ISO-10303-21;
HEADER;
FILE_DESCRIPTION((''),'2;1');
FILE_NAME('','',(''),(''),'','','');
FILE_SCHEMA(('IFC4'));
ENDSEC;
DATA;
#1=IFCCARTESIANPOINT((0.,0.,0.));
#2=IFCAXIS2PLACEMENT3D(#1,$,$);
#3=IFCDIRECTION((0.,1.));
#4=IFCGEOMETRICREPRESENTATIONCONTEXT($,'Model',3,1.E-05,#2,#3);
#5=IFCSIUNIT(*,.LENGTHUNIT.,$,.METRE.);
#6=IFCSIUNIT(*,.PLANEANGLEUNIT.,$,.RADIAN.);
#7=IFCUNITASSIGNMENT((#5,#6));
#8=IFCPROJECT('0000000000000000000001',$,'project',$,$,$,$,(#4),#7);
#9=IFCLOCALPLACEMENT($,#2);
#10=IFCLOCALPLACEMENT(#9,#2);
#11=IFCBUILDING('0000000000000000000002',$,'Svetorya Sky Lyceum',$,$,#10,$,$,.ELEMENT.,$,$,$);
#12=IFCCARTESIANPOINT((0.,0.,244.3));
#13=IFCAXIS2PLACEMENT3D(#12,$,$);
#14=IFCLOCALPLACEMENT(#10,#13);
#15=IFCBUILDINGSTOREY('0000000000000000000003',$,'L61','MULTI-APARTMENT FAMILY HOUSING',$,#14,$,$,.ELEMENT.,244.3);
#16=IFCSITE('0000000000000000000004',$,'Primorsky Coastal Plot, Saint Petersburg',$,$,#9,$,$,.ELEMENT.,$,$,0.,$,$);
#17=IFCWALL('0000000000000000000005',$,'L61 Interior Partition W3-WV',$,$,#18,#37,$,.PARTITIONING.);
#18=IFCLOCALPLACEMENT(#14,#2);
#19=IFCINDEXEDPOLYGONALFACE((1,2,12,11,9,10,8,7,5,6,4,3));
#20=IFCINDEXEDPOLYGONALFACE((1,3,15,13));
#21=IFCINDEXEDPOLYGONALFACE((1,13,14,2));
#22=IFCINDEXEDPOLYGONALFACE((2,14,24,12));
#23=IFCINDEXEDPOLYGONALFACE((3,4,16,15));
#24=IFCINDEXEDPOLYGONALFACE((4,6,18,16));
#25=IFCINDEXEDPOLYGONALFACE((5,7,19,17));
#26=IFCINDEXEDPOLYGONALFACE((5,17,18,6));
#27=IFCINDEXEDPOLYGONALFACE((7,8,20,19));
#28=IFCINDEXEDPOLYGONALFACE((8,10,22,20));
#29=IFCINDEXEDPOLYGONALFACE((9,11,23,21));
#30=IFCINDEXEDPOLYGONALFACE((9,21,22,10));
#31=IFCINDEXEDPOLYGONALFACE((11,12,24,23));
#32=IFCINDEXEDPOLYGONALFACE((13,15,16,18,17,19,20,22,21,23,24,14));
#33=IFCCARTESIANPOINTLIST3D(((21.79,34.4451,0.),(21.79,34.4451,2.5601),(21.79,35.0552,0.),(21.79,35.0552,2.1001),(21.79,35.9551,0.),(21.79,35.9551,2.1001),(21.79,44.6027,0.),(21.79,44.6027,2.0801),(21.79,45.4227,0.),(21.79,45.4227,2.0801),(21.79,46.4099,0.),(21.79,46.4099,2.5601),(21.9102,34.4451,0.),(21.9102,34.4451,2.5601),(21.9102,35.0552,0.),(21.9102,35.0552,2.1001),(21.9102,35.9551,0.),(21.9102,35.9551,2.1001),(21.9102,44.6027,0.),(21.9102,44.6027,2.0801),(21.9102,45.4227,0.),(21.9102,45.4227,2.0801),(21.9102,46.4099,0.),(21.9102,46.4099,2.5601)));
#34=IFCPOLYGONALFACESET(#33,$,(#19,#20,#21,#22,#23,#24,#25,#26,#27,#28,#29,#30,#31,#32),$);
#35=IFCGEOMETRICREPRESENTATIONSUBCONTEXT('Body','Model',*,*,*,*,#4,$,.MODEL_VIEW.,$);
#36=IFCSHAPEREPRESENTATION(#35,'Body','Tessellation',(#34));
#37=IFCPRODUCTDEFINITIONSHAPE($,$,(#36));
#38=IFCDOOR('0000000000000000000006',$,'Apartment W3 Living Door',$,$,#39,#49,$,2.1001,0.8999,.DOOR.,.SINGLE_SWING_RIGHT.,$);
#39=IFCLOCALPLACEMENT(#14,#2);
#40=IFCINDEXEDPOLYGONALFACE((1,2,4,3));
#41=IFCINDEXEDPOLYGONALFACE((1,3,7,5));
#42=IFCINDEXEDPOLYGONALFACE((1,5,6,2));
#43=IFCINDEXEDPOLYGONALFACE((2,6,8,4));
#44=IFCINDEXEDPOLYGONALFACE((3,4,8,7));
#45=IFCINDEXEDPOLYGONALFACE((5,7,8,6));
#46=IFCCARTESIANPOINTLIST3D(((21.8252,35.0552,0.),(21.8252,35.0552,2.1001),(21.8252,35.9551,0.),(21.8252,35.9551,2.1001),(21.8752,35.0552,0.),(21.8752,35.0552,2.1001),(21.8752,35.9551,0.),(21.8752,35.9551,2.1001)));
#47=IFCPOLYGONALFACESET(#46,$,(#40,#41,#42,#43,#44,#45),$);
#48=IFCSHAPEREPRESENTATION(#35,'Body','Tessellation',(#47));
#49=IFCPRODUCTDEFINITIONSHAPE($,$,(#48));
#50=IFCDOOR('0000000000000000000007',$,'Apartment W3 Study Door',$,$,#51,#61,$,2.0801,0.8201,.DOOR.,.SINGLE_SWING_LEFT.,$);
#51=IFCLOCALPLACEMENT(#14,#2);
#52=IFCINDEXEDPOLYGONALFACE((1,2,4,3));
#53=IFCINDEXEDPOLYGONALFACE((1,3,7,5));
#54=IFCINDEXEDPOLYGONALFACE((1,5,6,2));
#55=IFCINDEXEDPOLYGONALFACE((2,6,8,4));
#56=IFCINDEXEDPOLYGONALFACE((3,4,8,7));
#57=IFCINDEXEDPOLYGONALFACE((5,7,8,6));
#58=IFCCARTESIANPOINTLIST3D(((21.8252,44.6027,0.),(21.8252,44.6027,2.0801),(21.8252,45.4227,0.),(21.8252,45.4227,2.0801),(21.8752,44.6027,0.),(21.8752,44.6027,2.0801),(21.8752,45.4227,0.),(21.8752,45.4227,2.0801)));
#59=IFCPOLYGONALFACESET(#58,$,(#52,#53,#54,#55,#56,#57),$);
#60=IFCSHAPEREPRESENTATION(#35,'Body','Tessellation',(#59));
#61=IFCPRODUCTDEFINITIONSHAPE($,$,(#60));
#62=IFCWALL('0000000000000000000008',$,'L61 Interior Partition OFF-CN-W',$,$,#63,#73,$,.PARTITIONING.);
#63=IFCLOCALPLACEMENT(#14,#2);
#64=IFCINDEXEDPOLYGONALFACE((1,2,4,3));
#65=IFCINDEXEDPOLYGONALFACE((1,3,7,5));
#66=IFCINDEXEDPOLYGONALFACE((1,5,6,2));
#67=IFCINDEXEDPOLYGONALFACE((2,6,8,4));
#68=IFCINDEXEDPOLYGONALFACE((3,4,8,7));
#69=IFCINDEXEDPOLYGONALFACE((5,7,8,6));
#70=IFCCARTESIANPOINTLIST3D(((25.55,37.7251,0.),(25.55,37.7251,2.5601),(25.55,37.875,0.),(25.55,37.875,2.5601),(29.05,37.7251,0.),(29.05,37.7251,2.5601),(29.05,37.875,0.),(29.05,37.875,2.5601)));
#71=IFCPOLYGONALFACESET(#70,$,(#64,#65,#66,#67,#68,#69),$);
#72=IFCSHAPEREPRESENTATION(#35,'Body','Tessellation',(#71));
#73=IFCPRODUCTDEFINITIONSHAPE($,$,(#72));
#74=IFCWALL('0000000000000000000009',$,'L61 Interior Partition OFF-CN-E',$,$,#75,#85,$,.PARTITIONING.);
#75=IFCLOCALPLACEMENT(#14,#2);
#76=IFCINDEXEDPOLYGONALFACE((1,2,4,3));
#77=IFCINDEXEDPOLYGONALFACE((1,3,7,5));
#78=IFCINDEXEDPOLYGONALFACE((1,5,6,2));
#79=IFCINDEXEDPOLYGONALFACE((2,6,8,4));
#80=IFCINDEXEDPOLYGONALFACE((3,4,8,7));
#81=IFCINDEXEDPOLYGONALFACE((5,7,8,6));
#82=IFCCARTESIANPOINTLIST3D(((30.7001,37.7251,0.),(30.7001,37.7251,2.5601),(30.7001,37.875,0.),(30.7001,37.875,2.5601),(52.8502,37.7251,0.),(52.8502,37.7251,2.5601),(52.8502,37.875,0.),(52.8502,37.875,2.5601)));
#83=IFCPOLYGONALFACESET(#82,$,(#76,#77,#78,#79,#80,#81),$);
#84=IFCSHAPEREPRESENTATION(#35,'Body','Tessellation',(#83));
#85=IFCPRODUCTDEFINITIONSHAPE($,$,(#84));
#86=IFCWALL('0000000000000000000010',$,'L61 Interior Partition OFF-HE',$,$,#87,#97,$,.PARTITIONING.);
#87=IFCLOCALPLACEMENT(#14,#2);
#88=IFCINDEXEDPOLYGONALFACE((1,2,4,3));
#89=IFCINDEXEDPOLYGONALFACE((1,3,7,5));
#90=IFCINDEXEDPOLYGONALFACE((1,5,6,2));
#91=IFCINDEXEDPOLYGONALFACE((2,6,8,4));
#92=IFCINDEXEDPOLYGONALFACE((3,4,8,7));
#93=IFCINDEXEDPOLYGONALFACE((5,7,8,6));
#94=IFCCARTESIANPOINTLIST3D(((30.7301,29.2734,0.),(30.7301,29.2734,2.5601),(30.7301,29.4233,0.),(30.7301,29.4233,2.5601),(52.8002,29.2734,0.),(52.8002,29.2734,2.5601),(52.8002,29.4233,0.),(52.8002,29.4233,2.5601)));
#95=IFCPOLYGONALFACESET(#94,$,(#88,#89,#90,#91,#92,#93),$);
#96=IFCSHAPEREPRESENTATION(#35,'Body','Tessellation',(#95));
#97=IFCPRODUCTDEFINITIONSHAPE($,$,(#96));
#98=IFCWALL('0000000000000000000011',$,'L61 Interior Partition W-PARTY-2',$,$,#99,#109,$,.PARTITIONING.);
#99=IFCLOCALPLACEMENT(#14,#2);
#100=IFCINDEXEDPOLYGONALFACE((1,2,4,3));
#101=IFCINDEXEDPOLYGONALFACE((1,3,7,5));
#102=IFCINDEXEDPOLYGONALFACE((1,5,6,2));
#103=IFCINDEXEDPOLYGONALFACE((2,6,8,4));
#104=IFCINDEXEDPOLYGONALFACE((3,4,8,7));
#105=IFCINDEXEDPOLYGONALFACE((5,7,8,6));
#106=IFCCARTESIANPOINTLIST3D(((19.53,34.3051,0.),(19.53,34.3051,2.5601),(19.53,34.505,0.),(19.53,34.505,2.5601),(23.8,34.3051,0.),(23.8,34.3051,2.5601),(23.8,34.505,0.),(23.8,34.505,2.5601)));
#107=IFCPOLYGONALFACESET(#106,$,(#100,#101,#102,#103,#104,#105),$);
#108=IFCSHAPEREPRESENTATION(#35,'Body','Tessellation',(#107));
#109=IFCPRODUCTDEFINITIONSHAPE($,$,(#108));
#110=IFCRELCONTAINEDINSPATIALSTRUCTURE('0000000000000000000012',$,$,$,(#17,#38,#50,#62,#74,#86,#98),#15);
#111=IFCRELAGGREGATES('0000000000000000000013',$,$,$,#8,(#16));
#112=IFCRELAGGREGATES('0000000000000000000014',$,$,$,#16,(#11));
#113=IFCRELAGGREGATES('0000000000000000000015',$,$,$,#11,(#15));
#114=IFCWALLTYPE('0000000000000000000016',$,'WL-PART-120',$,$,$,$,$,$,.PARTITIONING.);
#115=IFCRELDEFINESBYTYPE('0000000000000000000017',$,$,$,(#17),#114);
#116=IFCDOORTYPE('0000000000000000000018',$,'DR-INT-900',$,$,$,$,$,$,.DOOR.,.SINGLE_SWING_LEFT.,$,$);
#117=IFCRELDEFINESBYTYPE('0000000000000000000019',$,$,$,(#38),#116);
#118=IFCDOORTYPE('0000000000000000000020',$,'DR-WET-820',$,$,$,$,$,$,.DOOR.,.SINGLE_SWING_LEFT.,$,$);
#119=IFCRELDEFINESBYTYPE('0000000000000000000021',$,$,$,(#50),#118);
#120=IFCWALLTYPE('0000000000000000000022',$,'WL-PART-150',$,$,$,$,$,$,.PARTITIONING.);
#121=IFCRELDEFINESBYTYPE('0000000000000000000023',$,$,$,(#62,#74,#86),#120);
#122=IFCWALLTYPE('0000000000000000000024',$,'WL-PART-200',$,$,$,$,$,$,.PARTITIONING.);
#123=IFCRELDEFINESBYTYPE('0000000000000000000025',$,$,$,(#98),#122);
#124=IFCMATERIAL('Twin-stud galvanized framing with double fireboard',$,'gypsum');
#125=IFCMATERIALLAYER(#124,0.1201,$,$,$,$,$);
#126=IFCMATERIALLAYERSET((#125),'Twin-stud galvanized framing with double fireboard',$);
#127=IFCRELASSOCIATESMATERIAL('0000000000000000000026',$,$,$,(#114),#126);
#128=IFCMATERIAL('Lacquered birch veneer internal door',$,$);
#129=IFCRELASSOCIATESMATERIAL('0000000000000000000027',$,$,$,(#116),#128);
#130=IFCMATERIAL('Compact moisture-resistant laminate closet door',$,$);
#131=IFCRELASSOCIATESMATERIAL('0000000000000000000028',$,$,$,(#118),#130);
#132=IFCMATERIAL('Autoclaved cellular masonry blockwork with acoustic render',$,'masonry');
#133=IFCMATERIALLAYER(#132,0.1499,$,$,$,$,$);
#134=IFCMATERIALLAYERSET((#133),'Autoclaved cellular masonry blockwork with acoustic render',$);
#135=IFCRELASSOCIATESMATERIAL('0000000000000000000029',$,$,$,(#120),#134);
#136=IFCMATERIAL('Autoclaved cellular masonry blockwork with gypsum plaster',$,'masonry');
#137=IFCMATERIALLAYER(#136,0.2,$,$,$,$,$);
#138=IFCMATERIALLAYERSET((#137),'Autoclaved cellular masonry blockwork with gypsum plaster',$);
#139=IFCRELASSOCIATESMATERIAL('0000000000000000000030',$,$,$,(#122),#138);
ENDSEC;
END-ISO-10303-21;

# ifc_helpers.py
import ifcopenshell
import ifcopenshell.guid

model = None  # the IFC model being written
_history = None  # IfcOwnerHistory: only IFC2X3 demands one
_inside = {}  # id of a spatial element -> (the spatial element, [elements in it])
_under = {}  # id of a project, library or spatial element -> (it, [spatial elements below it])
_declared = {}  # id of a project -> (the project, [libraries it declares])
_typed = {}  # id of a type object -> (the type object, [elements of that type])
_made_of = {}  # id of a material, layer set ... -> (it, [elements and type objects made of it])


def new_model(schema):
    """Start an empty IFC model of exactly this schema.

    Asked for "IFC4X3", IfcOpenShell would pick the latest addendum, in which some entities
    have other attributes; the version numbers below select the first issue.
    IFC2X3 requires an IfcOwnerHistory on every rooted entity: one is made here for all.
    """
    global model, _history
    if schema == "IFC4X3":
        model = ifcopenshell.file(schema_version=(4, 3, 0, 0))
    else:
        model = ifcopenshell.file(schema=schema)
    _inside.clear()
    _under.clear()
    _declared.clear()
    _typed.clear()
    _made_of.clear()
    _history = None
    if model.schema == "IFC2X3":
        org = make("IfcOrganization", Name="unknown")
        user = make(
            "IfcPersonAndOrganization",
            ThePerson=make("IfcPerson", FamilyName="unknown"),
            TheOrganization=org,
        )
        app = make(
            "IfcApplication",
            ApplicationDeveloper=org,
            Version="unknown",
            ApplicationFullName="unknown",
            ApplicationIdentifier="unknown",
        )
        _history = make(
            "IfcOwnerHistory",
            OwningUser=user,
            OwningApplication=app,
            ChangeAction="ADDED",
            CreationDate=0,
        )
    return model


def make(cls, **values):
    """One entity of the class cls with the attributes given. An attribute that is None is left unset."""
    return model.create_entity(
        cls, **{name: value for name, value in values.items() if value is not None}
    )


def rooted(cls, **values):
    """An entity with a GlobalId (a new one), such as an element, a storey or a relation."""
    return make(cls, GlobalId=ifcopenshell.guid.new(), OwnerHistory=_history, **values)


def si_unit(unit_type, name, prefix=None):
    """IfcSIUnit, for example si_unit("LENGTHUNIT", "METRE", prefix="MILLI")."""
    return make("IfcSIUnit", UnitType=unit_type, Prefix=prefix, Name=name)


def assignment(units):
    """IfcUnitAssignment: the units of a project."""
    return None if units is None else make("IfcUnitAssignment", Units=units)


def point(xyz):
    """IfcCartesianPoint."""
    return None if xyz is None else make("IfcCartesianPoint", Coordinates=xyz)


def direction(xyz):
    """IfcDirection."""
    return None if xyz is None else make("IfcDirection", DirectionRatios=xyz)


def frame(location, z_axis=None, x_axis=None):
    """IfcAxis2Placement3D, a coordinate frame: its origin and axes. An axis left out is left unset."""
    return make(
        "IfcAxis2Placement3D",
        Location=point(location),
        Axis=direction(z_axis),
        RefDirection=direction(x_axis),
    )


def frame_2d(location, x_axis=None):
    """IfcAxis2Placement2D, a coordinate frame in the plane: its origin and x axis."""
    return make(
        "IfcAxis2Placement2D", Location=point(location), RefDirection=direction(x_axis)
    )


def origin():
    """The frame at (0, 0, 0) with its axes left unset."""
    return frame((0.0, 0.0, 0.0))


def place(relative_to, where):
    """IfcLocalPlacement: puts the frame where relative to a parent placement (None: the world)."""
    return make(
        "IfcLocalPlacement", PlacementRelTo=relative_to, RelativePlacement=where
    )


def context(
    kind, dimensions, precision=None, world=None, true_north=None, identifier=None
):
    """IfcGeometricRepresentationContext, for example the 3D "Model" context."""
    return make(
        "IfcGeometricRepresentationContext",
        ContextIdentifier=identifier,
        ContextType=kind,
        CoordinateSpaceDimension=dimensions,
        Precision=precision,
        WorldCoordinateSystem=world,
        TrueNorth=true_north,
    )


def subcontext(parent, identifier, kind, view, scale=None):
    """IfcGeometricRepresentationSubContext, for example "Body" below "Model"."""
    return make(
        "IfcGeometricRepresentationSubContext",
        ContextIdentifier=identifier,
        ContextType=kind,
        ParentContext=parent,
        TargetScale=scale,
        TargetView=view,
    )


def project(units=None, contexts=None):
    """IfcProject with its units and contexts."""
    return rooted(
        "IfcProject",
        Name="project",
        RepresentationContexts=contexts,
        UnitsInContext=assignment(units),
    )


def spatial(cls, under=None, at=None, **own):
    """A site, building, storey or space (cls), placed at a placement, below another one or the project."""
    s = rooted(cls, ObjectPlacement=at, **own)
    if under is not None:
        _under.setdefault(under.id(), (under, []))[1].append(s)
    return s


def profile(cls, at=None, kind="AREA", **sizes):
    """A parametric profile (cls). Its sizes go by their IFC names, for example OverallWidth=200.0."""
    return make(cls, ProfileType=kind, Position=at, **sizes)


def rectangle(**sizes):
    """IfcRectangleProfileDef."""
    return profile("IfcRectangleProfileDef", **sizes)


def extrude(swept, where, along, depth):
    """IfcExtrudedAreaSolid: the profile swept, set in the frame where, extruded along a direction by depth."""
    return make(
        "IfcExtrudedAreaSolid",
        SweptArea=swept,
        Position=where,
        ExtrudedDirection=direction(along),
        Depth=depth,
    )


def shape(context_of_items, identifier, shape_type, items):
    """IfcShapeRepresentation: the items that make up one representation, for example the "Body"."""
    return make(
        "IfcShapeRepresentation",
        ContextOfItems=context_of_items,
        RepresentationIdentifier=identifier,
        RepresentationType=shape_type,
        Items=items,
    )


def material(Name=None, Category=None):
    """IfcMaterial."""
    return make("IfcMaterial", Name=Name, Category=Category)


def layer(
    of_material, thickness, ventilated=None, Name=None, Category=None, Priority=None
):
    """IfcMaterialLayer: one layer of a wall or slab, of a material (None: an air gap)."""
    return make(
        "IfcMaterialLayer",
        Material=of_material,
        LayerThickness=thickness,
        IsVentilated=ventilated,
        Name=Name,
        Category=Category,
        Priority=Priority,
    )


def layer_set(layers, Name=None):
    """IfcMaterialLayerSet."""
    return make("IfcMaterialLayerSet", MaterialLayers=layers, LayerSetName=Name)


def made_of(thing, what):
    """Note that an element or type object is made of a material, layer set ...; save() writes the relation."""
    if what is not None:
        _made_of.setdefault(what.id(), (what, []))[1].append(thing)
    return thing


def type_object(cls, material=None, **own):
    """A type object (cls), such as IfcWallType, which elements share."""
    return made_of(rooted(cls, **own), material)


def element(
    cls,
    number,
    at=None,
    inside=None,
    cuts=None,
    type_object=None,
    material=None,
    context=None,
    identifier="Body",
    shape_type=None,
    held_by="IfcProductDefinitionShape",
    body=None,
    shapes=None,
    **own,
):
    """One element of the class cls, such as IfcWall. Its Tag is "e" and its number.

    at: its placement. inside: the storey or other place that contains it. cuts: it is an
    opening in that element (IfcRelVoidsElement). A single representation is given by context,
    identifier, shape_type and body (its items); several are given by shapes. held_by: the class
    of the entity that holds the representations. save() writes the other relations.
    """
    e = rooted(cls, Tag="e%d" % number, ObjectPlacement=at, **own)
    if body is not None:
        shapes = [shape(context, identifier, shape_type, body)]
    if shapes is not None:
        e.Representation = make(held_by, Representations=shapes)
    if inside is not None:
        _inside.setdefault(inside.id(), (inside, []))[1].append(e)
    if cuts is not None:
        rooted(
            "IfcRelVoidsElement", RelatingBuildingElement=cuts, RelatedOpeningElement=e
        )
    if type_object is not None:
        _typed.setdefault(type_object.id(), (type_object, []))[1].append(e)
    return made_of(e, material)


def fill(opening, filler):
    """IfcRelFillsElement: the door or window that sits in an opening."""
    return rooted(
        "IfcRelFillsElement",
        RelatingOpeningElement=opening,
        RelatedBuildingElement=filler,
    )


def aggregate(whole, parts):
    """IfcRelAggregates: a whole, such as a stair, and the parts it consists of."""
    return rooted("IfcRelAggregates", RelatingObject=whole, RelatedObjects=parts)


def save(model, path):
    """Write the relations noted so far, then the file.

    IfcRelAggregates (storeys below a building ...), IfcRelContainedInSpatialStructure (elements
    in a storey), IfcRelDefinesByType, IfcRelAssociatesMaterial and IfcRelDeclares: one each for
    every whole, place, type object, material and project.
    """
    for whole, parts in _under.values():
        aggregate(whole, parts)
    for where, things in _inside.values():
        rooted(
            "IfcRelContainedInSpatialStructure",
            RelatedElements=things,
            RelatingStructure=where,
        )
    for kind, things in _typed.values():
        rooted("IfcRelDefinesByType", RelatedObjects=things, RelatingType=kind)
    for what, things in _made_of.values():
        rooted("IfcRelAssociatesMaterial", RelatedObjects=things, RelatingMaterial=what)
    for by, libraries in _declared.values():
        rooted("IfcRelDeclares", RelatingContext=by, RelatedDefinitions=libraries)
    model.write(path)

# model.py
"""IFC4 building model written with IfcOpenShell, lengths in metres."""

from ifc_helpers import new_model, si_unit, direction, frame, frame_2d, origin, place, context, subcontext, project, spatial, rectangle, extrude, material, layer, layer_set, type_object, element, fill, save


model = new_model("IFC4")

# Units and contexts
model_context = context("Model", 3, precision=1e-05, world=origin(), true_north=direction((0.0, 1.0)))
body_context = subcontext(model_context, "Body", "Model", "MODEL_VIEW")
ifc_project = project(units=[si_unit("LENGTHUNIT", "METRE"), si_unit("PLANEANGLEUNIT", "RADIAN")], contexts=[model_context])

# Site, building, storey
site_placement = place(None, origin())
site = spatial("IfcSite", under=ifc_project, at=site_placement, Name="Primorsky Coastal Plot, Saint Petersburg", CompositionType="ELEMENT", RefElevation=0.0)
building_placement = place(site_placement, origin())
building = spatial("IfcBuilding", under=site, at=building_placement, Name="Svetorya Sky Lyceum", CompositionType="ELEMENT")
storey_placement = place(building_placement, frame((0.0, 0.0, 244.3)))
storey = spatial("IfcBuildingStorey", under=building, at=storey_placement, Name="L61", Description="MULTI-APARTMENT FAMILY HOUSING", CompositionType="ELEMENT", Elevation=244.3)

# Shared definitions
ifc_material_1 = material(Name="Twin-stud galvanized framing with double fireboard", Category="gypsum")
ifc_layer_1 = layer(ifc_material_1, 0.1201)
ifc_layer_set_1 = layer_set([ifc_layer_1], Name="Twin-stud galvanized framing with double fireboard")
wall_type_1 = type_object("IfcWallType", Name="WL-PART-120", PredefinedType="PARTITIONING", material=ifc_layer_set_1)

# Wall, openings, doors
wall_1_placement = place(storey_placement, frame((21.8501, 34.4451, 0.0), z_axis=(0.0, 0.0, 1.0), x_axis=(0.0, 1.0, 0.0)))
wall_1 = element("IfcWall", 1, at=wall_1_placement, inside=storey, type_object=wall_type_1, Name="L61 Interior Partition W3-WV", PredefinedType="PARTITIONING", context=body_context, shape_type="SweptSolid", body=[
    extrude(rectangle(XDim=11.9648, YDim=0.1201, at=frame_2d((5.9824, 0.0))), origin(), (0.0, 0.0, 1.0), 2.5601),
])
opening_1_placement = place(wall_1_placement, frame((0.6101, 0.0, 0.0)))
opening_1 = element("IfcOpeningElement", 2, at=opening_1_placement, cuts=wall_1, PredefinedType="OPENING", context=body_context, shape_type="SweptSolid", body=[
    extrude(rectangle(XDim=0.8999, YDim=2.1001, at=frame_2d((0.45, 1.05))), frame((0.0, 0.0701, 0.0), z_axis=(0.0, -1.0, 0.0), x_axis=(1.0, 0.0, 0.0)), (0.0, 0.0, 1.0), 0.1401),
])
opening_2_placement = place(wall_1_placement, frame((10.1575, 0.0, 0.0)))
opening_2 = element("IfcOpeningElement", 3, at=opening_2_placement, cuts=wall_1, PredefinedType="OPENING", context=body_context, shape_type="SweptSolid", body=[
    extrude(rectangle(XDim=0.8201, YDim=2.0801, at=frame_2d((0.4102, 1.04))), frame((0.0, 0.0701, 0.0), z_axis=(0.0, -1.0, 0.0), x_axis=(1.0, 0.0, 0.0)), (0.0, 0.0, 1.0), 0.1401),
])
ifc_material_2 = material(Name="Lacquered birch veneer internal door")
door_type_1 = type_object("IfcDoorType", Name="DR-INT-900", OperationType="SINGLE_SWING_LEFT", PredefinedType="DOOR", material=ifc_material_2)
door_1_placement = place(opening_1_placement, origin())
door_1 = element("IfcDoor", 4, at=door_1_placement, inside=storey, type_object=door_type_1, Name="Apartment W3 Living Door", OperationType="SINGLE_SWING_RIGHT", OverallHeight=2.1001, OverallWidth=0.8999, PredefinedType="DOOR", context=body_context, shape_type="SweptSolid", body=[
    extrude(rectangle(XDim=0.8999, YDim=2.1001, at=frame_2d((0.45, 1.05))), frame((0.0, 0.0249, 0.0), z_axis=(0.0, -1.0, 0.0), x_axis=(1.0, 0.0, 0.0)), (0.0, 0.0, 1.0), 0.05),
])
fill(opening_1, door_1)
ifc_material_3 = material(Name="Compact moisture-resistant laminate closet door")
door_type_2 = type_object("IfcDoorType", Name="DR-WET-820", OperationType="SINGLE_SWING_LEFT", PredefinedType="DOOR", material=ifc_material_3)
door_2_placement = place(opening_2_placement, origin())
door_2 = element("IfcDoor", 5, at=door_2_placement, inside=storey, type_object=door_type_2, Name="Apartment W3 Study Door", OperationType="SINGLE_SWING_LEFT", OverallHeight=2.0801, OverallWidth=0.8201, PredefinedType="DOOR", context=body_context, shape_type="SweptSolid", body=[
    extrude(rectangle(XDim=0.8201, YDim=2.0801, at=frame_2d((0.4102, 1.04))), frame((0.0, 0.0249, 0.0), z_axis=(0.0, -1.0, 0.0), x_axis=(1.0, 0.0, 0.0)), (0.0, 0.0, 1.0), 0.05),
])
fill(opening_2, door_2)

# Walls
ifc_material_4 = material(Name="Autoclaved cellular masonry blockwork with acoustic render", Category="masonry")
ifc_layer_2 = layer(ifc_material_4, 0.1499)
ifc_layer_set_2 = layer_set([ifc_layer_2], Name="Autoclaved cellular masonry blockwork with acoustic render")
wall_type_2 = type_object("IfcWallType", Name="WL-PART-150", PredefinedType="PARTITIONING", material=ifc_layer_set_2)
wall_2_placement = place(storey_placement, frame((25.55, 37.8, 0.0), z_axis=(0.0, 0.0, 1.0), x_axis=(1.0, 0.0, 0.0)))
element("IfcWall", 6, at=wall_2_placement, inside=storey, type_object=wall_type_2, Name="L61 Interior Partition OFF-CN-W", PredefinedType="PARTITIONING", context=body_context, shape_type="SweptSolid", body=[
    extrude(rectangle(XDim=3.5, YDim=0.1499, at=frame_2d((1.75, 0.0))), origin(), (0.0, 0.0, 1.0), 2.5601),
])
wall_3_placement = place(storey_placement, frame((30.7, 37.8, 0.0), z_axis=(0.0, 0.0, 1.0), x_axis=(1.0, 0.0, 0.0)))
element("IfcWall", 7, at=wall_3_placement, inside=storey, type_object=wall_type_2, Name="L61 Interior Partition OFF-CN-E", PredefinedType="PARTITIONING", context=body_context, shape_type="SweptSolid", body=[
    extrude(rectangle(XDim=22.1501, YDim=0.1499, at=frame_2d((11.0752, 0.0))), origin(), (0.0, 0.0, 1.0), 2.5601),
])
wall_4_placement = place(storey_placement, frame((30.73, 29.3484, 0.0), z_axis=(0.0, 0.0, 1.0), x_axis=(1.0, 0.0, 0.0)))
element("IfcWall", 8, at=wall_4_placement, inside=storey, type_object=wall_type_2, Name="L61 Interior Partition OFF-HE", PredefinedType="PARTITIONING", context=body_context, shape_type="SweptSolid", body=[
    extrude(rectangle(XDim=22.0701, YDim=0.1499, at=frame_2d((11.0352, 0.0))), origin(), (0.0, 0.0, 1.0), 2.5601),
])
ifc_material_5 = material(Name="Autoclaved cellular masonry blockwork with gypsum plaster", Category="masonry")
ifc_layer_3 = layer(ifc_material_5, 0.2)
ifc_layer_set_3 = layer_set([ifc_layer_3], Name="Autoclaved cellular masonry blockwork with gypsum plaster")
wall_type_3 = type_object("IfcWallType", Name="WL-PART-200", PredefinedType="PARTITIONING", material=ifc_layer_set_3)
wall_5_placement = place(storey_placement, frame((19.53, 34.405, 0.0), z_axis=(0.0, 0.0, 1.0), x_axis=(1.0, 0.0, 0.0)))
element("IfcWall", 9, at=wall_5_placement, inside=storey, type_object=wall_type_3, Name="L61 Interior Partition W-PARTY-2", PredefinedType="PARTITIONING", context=body_context, shape_type="SweptSolid", body=[
    extrude(rectangle(XDim=4.27, YDim=0.2, at=frame_2d((2.135, 0.0))), origin(), (0.0, 0.0, 1.0), 2.5601),
])

save(model, "model.ifc")
